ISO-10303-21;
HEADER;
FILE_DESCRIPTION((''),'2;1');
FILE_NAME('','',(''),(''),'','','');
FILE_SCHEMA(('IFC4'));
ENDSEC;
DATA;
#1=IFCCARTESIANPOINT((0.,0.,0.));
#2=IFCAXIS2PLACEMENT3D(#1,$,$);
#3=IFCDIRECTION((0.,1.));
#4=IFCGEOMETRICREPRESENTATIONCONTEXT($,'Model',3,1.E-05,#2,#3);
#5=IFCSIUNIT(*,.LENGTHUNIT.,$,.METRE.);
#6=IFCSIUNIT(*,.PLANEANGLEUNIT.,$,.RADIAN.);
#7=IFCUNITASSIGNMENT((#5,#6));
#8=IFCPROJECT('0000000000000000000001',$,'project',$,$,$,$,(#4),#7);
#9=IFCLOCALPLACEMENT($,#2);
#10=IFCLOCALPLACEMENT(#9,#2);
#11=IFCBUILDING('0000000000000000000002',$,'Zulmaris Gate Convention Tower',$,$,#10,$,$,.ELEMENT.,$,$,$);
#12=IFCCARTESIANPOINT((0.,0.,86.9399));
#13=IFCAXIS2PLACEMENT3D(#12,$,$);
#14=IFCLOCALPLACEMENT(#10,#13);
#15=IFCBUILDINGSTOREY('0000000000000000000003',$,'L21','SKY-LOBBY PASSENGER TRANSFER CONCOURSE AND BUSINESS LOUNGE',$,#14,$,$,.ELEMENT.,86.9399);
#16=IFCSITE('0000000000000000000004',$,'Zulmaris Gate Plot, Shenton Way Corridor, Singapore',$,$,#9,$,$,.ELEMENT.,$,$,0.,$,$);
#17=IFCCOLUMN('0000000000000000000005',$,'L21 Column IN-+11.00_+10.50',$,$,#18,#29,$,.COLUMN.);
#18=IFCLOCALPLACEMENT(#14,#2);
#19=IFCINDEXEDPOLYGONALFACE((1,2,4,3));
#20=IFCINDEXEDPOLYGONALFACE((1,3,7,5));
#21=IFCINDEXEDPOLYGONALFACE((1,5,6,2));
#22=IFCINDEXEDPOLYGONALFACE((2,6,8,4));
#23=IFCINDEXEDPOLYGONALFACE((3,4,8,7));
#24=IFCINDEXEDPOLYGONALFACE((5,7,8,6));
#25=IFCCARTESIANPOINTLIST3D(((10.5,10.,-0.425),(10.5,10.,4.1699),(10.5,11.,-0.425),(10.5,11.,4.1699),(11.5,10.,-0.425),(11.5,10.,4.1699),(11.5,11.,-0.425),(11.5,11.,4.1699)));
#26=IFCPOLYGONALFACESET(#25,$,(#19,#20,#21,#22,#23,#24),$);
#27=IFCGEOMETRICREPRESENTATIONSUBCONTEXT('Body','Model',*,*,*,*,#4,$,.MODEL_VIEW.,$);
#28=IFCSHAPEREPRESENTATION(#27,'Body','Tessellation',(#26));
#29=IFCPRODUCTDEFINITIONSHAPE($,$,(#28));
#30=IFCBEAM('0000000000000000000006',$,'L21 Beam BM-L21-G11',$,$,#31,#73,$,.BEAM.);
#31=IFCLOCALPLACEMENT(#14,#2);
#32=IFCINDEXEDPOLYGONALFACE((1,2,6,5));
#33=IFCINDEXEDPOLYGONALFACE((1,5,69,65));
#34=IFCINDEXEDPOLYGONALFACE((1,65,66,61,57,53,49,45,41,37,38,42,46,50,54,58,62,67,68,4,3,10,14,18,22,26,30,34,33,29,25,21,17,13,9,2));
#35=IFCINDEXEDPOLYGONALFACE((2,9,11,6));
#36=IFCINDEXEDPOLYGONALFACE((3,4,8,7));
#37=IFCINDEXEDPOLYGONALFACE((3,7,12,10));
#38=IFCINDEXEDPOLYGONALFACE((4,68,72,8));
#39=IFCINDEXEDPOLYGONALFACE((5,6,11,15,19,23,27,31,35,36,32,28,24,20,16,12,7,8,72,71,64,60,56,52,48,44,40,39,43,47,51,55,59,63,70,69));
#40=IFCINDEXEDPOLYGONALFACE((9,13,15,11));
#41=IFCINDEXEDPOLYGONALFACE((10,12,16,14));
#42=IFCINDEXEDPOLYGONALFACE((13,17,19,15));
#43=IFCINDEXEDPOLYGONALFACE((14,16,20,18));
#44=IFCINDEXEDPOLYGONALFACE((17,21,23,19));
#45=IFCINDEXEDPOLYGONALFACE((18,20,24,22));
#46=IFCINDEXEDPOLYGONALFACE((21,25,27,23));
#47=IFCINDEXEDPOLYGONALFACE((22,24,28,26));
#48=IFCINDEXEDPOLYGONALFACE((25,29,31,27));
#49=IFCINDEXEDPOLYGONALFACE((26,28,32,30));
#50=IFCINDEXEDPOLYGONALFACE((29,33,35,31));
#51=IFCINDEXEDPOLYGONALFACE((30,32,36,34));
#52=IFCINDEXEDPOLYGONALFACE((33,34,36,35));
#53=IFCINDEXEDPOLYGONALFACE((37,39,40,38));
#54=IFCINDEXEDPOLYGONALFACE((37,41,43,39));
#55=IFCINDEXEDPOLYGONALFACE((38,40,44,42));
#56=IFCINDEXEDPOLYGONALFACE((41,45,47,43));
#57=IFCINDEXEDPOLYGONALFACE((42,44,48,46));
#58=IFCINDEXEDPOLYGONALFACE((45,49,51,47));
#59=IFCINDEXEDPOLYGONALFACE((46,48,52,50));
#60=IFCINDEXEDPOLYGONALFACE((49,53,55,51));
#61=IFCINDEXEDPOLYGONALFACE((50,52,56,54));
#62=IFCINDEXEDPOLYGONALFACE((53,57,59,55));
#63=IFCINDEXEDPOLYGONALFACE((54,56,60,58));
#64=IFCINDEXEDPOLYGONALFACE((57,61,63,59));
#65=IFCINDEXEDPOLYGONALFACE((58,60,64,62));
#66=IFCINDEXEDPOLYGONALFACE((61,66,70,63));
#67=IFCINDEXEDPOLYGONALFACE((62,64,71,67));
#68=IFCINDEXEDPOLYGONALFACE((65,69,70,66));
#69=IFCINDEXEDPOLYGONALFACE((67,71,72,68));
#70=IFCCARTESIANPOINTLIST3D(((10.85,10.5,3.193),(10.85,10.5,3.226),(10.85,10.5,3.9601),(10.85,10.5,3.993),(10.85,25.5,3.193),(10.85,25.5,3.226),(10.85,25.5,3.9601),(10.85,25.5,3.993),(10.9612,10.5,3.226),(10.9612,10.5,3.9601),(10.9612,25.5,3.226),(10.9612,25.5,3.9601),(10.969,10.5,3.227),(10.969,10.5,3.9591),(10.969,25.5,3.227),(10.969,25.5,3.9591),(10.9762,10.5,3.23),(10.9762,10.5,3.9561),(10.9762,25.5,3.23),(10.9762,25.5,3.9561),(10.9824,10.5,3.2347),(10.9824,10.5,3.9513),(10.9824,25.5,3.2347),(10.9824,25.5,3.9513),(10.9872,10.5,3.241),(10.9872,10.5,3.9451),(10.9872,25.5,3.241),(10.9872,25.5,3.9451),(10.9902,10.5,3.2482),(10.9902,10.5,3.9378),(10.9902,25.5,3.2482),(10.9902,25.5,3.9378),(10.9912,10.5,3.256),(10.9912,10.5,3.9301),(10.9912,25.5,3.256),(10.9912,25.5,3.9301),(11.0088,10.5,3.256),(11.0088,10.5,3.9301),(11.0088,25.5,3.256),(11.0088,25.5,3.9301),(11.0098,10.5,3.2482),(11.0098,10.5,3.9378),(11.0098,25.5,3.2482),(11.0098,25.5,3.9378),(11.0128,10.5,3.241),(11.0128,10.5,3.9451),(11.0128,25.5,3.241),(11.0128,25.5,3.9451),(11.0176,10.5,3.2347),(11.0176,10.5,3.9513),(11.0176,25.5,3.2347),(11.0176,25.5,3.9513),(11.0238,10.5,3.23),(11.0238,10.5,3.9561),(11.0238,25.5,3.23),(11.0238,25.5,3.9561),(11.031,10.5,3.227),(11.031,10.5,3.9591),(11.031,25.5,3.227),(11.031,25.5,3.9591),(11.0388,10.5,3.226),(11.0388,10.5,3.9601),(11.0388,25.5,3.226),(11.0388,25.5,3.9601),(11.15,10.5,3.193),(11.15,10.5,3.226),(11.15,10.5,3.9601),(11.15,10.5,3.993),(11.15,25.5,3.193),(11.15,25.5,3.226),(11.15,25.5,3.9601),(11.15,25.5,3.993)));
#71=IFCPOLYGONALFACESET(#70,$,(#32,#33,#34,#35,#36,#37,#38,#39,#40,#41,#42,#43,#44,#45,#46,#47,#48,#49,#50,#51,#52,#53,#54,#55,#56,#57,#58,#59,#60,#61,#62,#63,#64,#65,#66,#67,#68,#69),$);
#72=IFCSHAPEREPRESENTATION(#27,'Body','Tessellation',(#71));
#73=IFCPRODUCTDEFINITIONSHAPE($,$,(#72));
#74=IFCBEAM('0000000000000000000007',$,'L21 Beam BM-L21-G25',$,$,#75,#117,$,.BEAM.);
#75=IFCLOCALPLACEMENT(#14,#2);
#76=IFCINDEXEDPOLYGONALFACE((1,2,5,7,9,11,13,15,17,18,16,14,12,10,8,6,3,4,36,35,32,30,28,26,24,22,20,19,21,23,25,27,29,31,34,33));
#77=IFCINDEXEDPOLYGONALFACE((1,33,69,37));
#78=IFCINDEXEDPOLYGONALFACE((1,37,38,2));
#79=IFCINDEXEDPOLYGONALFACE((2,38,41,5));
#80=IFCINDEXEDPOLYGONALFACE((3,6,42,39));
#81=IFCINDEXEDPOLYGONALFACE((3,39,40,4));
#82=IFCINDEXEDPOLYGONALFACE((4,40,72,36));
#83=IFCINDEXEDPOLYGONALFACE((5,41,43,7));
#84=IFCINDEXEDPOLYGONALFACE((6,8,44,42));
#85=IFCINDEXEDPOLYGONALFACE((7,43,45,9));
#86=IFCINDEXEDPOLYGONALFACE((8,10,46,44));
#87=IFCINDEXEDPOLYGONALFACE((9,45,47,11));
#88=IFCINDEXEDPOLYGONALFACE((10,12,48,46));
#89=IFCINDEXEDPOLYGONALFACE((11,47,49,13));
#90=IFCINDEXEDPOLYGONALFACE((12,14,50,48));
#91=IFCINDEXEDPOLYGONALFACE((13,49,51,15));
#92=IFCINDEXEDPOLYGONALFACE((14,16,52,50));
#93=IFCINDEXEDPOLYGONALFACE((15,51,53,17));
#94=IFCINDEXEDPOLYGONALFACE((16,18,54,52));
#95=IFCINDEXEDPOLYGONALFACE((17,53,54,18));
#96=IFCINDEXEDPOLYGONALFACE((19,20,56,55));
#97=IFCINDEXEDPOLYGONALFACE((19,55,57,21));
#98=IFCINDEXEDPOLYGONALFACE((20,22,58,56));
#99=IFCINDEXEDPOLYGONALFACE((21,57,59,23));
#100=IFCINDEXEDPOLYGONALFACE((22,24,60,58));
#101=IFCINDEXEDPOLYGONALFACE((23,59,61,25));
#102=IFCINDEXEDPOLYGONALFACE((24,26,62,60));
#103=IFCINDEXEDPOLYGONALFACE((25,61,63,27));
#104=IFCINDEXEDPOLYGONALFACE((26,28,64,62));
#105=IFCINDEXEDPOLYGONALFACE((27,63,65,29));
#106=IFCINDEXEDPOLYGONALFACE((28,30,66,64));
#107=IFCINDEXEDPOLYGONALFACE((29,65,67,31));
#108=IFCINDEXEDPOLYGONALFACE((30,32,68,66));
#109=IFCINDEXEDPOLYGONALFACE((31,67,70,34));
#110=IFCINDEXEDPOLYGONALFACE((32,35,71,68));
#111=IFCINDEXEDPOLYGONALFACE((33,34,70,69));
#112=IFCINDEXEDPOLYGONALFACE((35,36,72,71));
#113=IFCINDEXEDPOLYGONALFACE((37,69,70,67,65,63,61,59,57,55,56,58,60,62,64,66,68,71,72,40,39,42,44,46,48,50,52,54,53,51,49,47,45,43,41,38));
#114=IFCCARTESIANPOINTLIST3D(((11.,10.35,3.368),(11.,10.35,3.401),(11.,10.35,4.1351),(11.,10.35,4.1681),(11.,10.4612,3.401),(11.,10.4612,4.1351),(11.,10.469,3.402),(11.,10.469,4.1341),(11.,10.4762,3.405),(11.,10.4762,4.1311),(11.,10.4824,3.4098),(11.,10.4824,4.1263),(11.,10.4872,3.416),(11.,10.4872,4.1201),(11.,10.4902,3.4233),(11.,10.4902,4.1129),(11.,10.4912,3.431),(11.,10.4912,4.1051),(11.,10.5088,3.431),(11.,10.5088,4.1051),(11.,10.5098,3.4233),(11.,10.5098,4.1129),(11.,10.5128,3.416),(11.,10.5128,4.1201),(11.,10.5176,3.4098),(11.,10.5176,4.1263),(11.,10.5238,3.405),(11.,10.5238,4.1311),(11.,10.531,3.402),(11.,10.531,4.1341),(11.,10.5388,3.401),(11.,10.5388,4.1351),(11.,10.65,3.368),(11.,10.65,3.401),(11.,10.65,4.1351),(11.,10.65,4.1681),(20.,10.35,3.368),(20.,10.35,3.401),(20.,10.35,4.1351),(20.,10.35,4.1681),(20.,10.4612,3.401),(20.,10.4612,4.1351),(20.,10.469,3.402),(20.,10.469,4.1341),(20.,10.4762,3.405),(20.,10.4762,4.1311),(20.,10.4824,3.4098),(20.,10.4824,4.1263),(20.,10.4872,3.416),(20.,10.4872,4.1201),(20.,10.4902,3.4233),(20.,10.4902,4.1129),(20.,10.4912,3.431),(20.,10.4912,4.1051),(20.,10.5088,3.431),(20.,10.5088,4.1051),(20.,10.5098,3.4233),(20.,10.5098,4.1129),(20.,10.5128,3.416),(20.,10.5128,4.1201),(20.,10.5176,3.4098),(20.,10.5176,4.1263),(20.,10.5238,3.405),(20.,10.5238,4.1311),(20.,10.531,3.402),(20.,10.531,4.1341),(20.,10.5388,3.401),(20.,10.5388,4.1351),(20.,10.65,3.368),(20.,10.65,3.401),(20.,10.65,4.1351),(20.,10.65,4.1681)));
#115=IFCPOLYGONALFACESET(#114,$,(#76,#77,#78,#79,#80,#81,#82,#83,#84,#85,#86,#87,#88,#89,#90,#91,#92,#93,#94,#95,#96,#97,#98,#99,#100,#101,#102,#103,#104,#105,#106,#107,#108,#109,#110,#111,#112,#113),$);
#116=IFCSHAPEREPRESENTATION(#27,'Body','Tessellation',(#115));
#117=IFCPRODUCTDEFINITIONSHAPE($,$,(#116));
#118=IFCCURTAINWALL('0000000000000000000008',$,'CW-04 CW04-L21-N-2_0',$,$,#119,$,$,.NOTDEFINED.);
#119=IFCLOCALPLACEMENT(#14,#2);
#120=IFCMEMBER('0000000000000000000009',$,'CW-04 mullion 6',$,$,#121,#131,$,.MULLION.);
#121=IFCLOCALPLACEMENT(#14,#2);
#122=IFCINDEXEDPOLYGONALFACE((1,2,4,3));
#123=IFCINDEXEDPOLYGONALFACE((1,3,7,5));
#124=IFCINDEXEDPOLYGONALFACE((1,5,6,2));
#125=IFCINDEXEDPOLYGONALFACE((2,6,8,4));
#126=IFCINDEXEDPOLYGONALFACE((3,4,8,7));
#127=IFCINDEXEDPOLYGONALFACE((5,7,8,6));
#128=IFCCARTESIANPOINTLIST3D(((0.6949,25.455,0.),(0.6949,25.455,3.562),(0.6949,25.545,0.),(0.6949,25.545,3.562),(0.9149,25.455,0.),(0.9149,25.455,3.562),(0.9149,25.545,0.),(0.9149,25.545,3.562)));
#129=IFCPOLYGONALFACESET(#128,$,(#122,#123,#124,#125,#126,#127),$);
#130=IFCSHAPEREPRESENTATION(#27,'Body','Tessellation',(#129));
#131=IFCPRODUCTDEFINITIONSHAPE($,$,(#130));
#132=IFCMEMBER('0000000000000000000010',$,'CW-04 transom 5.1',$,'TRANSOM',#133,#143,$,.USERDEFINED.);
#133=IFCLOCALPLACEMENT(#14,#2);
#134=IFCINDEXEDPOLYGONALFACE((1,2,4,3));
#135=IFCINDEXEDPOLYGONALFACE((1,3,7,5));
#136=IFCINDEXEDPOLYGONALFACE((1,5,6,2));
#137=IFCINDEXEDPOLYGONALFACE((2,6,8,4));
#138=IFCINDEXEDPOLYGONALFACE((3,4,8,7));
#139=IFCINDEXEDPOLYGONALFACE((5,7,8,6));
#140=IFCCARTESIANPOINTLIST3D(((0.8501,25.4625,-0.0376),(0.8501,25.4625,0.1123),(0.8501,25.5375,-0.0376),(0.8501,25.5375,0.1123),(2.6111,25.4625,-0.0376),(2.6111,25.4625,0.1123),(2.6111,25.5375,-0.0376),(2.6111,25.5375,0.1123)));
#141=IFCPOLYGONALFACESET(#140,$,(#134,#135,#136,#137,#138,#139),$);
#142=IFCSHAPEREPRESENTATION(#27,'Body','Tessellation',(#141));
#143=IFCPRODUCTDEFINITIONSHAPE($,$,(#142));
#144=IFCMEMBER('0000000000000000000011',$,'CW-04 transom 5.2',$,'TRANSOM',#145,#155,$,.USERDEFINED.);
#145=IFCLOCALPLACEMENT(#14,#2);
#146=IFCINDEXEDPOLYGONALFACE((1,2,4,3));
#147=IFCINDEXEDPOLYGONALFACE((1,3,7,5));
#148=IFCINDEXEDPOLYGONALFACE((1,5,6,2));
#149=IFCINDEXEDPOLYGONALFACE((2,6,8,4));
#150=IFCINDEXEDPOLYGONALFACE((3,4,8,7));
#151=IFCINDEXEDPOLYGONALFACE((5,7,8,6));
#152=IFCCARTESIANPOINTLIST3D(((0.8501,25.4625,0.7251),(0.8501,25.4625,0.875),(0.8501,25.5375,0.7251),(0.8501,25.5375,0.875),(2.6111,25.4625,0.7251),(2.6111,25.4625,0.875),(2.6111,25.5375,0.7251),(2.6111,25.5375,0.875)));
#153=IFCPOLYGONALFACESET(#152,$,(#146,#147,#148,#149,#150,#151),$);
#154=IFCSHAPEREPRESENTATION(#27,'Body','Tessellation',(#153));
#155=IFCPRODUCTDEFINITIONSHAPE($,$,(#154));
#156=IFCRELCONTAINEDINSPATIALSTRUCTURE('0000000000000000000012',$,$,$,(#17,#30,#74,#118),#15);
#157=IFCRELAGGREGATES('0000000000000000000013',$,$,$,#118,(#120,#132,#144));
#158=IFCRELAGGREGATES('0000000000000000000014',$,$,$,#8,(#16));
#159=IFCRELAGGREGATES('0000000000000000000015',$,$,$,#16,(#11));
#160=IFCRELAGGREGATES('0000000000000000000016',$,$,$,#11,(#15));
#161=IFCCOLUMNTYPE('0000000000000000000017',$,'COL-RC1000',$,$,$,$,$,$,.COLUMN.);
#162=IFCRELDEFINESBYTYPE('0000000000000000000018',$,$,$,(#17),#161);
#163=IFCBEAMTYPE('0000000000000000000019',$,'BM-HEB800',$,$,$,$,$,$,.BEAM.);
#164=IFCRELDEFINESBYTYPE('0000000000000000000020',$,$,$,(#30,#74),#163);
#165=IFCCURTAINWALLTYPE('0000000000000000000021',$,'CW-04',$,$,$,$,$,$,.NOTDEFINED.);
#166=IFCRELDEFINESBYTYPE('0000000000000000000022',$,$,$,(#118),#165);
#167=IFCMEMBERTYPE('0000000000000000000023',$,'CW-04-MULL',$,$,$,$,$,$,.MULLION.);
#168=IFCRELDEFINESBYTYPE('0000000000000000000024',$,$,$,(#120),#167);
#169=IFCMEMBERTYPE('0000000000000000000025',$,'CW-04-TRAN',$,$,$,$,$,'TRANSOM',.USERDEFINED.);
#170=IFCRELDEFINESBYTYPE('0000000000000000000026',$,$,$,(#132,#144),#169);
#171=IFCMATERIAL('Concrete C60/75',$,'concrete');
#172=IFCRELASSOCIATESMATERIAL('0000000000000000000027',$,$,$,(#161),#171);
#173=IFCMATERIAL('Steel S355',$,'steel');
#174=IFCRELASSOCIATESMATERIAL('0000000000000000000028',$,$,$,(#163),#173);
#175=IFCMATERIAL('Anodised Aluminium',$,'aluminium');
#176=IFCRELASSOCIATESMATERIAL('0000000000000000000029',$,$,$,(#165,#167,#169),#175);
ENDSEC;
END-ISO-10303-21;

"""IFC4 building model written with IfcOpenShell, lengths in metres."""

from ifc_helpers import new_model, si_unit, direction, frame, origin, origin_2d, place, context, subcontext, project, spatial, rectangle, i_section, extrude, material, material_profile, profile_set, type_object, element, aggregate, save


model = new_model("IFC4")

# Units and contexts
model_context = context("Model", 3, precision=1e-05, world=origin(), true_north=direction((0.0, 1.0)))
body_context = subcontext(model_context, "Body", "Model", "MODEL_VIEW")
ifc_project = project(units=[si_unit("LENGTHUNIT", "METRE"), si_unit("PLANEANGLEUNIT", "RADIAN")], contexts=[model_context])

# Site, building, storey
site_placement = place(None, origin())
site = spatial("IfcSite", under=ifc_project, at=site_placement, Name="Zulmaris Gate Plot, Shenton Way Corridor, Singapore", CompositionType="ELEMENT", RefElevation=0.0)
building_placement = place(site_placement, origin())
building = spatial("IfcBuilding", under=site, at=building_placement, Name="Zulmaris Gate Convention Tower", CompositionType="ELEMENT")
storey_placement = place(building_placement, frame((0.0, 0.0, 86.9399)))
storey = spatial("IfcBuildingStorey", under=building, at=storey_placement, Name="L21", Description="SKY-LOBBY PASSENGER TRANSFER CONCOURSE AND BUSINESS LOUNGE", CompositionType="ELEMENT", Elevation=86.9399)

# Column
ifc_material_1 = material(Name="Concrete C60/75", Category="concrete")
ifc_material_profile_1 = material_profile(ifc_material_1, rectangle(XDim=1.0, YDim=1.0, at=origin_2d()), Name="RC COL 1000x1000")
ifc_profile_set_1 = profile_set([ifc_material_profile_1], Name="Concrete C60/75")
column_type = type_object("IfcColumnType", Name="COL-RC1000", PredefinedType="COLUMN", material=ifc_profile_set_1)
column_placement = place(storey_placement, frame((11.0, 10.5, -0.425), z_axis=(0.0, 0.0, 1.0), x_axis=(1.0, 0.0, 0.0)))
element("IfcColumn", 1, at=column_placement, inside=storey, type_object=column_type, Name="L21 Column IN-+11.00_+10.50", PredefinedType="COLUMN", context=body_context, shape_type="SweptSolid", body=[
    extrude(rectangle(XDim=1.0, YDim=1.0, at=origin_2d()), origin(), (0.0, 0.0, 1.0), 4.595),
])

# Beams
ifc_material_2 = material(Name="Steel S355", Category="steel")
ifc_material_profile_2 = material_profile(ifc_material_2, i_section(OverallWidth=0.3, OverallDepth=0.8, WebThickness=0.0176, FlangeThickness=0.033, FilletRadius=0.03, at=origin_2d()), Name="HEB 800")
ifc_profile_set_2 = profile_set([ifc_material_profile_2], Name="Steel S355")
beam_type_1 = type_object("IfcBeamType", Name="BM-HEB800", PredefinedType="BEAM", material=ifc_profile_set_2)
beam_1_placement = place(storey_placement, frame((11.0, 10.5, 3.593), z_axis=(0.0, 1.0, 0.0), x_axis=(-1.0, 0.0, 0.0)))
element("IfcBeam", 2, at=beam_1_placement, inside=storey, type_object=beam_type_1, Name="L21 Beam BM-L21-G11", PredefinedType="BEAM", context=body_context, shape_type="SweptSolid", body=[
    extrude(i_section(OverallWidth=0.3, OverallDepth=0.8, WebThickness=0.0176, FlangeThickness=0.033, FilletRadius=0.03, at=origin_2d()), origin(), (0.0, 0.0, 1.0), 15.0),
])
beam_2_placement = place(storey_placement, frame((11.0, 10.5, 3.7681), z_axis=(1.0, 0.0, 0.0), x_axis=(0.0, 1.0, 0.0)))
element("IfcBeam", 3, at=beam_2_placement, inside=storey, type_object=beam_type_1, Name="L21 Beam BM-L21-G25", PredefinedType="BEAM", context=body_context, shape_type="SweptSolid", body=[
    extrude(i_section(OverallWidth=0.3, OverallDepth=0.8, WebThickness=0.0176, FlangeThickness=0.033, FilletRadius=0.03, at=origin_2d()), origin(), (0.0, 0.0, 1.0), 9.0),
])

# Curtain wall, members
ifc_material_3 = material(Name="Anodised Aluminium", Category="aluminium")
curtain_wall_type = type_object("IfcCurtainWallType", Name="CW-04", PredefinedType="NOTDEFINED", material=ifc_material_3)
curtain_wall_placement = place(storey_placement, origin())
curtain_wall = element("IfcCurtainWall", 4, at=curtain_wall_placement, inside=storey, type_object=curtain_wall_type, Name="CW-04 CW04-L21-N-2_0", PredefinedType="NOTDEFINED")
ifc_material_profile_3 = material_profile(ifc_material_3, rectangle(XDim=0.0901, YDim=0.22, at=origin_2d()), Name="ALU MULLION 90x220")
ifc_profile_set_3 = profile_set([ifc_material_profile_3], Name="Anodised Aluminium")
member_type_1 = type_object("IfcMemberType", Name="CW-04-MULL", PredefinedType="MULLION", material=ifc_profile_set_3)
member_1_placement = place(storey_placement, frame((0.8049, 25.5, 0.0), z_axis=(0.0, 0.0, 1.0), x_axis=(0.0, -1.0, 0.0)))
member_1 = element("IfcMember", 5, at=member_1_placement, type_object=member_type_1, Name="CW-04 mullion 6", PredefinedType="MULLION", context=body_context, shape_type="SweptSolid", body=[
    extrude(rectangle(XDim=0.0901, YDim=0.22, at=origin_2d()), origin(), (0.0, 0.0, 1.0), 3.562),
])
ifc_material_profile_4 = material_profile(ifc_material_3, rectangle(XDim=0.075, YDim=0.1499, at=origin_2d()), Name="ALU TRANSOM 75x150")
ifc_profile_set_4 = profile_set([ifc_material_profile_4], Name="Anodised Aluminium")
member_type_2 = type_object("IfcMemberType", Name="CW-04-TRAN", ElementType="TRANSOM", PredefinedType="USERDEFINED", material=ifc_profile_set_4)
member_2_placement = place(storey_placement, frame((2.6111, 25.5, 0.0374), z_axis=(-1.0, 0.0, 0.0), x_axis=(0.0, -1.0, 0.0)))
member_2 = element("IfcMember", 6, at=member_2_placement, type_object=member_type_2, Name="CW-04 transom 5.1", ObjectType="TRANSOM", PredefinedType="USERDEFINED", context=body_context, shape_type="SweptSolid", body=[
    extrude(rectangle(XDim=0.075, YDim=0.1499, at=origin_2d()), origin(), (0.0, 0.0, 1.0), 1.761),
])
member_3_placement = place(storey_placement, frame((2.6111, 25.5, 0.8), z_axis=(-1.0, 0.0, 0.0), x_axis=(0.0, -1.0, 0.0)))
member_3 = element("IfcMember", 7, at=member_3_placement, type_object=member_type_2, Name="CW-04 transom 5.2", ObjectType="TRANSOM", PredefinedType="USERDEFINED", context=body_context, shape_type="SweptSolid", body=[
    extrude(rectangle(XDim=0.075, YDim=0.1499, at=origin_2d()), origin(), (0.0, 0.0, 1.0), 1.761),
])

aggregate(curtain_wall, [member_1, member_2, member_3])

save(model, "model.ifc")
